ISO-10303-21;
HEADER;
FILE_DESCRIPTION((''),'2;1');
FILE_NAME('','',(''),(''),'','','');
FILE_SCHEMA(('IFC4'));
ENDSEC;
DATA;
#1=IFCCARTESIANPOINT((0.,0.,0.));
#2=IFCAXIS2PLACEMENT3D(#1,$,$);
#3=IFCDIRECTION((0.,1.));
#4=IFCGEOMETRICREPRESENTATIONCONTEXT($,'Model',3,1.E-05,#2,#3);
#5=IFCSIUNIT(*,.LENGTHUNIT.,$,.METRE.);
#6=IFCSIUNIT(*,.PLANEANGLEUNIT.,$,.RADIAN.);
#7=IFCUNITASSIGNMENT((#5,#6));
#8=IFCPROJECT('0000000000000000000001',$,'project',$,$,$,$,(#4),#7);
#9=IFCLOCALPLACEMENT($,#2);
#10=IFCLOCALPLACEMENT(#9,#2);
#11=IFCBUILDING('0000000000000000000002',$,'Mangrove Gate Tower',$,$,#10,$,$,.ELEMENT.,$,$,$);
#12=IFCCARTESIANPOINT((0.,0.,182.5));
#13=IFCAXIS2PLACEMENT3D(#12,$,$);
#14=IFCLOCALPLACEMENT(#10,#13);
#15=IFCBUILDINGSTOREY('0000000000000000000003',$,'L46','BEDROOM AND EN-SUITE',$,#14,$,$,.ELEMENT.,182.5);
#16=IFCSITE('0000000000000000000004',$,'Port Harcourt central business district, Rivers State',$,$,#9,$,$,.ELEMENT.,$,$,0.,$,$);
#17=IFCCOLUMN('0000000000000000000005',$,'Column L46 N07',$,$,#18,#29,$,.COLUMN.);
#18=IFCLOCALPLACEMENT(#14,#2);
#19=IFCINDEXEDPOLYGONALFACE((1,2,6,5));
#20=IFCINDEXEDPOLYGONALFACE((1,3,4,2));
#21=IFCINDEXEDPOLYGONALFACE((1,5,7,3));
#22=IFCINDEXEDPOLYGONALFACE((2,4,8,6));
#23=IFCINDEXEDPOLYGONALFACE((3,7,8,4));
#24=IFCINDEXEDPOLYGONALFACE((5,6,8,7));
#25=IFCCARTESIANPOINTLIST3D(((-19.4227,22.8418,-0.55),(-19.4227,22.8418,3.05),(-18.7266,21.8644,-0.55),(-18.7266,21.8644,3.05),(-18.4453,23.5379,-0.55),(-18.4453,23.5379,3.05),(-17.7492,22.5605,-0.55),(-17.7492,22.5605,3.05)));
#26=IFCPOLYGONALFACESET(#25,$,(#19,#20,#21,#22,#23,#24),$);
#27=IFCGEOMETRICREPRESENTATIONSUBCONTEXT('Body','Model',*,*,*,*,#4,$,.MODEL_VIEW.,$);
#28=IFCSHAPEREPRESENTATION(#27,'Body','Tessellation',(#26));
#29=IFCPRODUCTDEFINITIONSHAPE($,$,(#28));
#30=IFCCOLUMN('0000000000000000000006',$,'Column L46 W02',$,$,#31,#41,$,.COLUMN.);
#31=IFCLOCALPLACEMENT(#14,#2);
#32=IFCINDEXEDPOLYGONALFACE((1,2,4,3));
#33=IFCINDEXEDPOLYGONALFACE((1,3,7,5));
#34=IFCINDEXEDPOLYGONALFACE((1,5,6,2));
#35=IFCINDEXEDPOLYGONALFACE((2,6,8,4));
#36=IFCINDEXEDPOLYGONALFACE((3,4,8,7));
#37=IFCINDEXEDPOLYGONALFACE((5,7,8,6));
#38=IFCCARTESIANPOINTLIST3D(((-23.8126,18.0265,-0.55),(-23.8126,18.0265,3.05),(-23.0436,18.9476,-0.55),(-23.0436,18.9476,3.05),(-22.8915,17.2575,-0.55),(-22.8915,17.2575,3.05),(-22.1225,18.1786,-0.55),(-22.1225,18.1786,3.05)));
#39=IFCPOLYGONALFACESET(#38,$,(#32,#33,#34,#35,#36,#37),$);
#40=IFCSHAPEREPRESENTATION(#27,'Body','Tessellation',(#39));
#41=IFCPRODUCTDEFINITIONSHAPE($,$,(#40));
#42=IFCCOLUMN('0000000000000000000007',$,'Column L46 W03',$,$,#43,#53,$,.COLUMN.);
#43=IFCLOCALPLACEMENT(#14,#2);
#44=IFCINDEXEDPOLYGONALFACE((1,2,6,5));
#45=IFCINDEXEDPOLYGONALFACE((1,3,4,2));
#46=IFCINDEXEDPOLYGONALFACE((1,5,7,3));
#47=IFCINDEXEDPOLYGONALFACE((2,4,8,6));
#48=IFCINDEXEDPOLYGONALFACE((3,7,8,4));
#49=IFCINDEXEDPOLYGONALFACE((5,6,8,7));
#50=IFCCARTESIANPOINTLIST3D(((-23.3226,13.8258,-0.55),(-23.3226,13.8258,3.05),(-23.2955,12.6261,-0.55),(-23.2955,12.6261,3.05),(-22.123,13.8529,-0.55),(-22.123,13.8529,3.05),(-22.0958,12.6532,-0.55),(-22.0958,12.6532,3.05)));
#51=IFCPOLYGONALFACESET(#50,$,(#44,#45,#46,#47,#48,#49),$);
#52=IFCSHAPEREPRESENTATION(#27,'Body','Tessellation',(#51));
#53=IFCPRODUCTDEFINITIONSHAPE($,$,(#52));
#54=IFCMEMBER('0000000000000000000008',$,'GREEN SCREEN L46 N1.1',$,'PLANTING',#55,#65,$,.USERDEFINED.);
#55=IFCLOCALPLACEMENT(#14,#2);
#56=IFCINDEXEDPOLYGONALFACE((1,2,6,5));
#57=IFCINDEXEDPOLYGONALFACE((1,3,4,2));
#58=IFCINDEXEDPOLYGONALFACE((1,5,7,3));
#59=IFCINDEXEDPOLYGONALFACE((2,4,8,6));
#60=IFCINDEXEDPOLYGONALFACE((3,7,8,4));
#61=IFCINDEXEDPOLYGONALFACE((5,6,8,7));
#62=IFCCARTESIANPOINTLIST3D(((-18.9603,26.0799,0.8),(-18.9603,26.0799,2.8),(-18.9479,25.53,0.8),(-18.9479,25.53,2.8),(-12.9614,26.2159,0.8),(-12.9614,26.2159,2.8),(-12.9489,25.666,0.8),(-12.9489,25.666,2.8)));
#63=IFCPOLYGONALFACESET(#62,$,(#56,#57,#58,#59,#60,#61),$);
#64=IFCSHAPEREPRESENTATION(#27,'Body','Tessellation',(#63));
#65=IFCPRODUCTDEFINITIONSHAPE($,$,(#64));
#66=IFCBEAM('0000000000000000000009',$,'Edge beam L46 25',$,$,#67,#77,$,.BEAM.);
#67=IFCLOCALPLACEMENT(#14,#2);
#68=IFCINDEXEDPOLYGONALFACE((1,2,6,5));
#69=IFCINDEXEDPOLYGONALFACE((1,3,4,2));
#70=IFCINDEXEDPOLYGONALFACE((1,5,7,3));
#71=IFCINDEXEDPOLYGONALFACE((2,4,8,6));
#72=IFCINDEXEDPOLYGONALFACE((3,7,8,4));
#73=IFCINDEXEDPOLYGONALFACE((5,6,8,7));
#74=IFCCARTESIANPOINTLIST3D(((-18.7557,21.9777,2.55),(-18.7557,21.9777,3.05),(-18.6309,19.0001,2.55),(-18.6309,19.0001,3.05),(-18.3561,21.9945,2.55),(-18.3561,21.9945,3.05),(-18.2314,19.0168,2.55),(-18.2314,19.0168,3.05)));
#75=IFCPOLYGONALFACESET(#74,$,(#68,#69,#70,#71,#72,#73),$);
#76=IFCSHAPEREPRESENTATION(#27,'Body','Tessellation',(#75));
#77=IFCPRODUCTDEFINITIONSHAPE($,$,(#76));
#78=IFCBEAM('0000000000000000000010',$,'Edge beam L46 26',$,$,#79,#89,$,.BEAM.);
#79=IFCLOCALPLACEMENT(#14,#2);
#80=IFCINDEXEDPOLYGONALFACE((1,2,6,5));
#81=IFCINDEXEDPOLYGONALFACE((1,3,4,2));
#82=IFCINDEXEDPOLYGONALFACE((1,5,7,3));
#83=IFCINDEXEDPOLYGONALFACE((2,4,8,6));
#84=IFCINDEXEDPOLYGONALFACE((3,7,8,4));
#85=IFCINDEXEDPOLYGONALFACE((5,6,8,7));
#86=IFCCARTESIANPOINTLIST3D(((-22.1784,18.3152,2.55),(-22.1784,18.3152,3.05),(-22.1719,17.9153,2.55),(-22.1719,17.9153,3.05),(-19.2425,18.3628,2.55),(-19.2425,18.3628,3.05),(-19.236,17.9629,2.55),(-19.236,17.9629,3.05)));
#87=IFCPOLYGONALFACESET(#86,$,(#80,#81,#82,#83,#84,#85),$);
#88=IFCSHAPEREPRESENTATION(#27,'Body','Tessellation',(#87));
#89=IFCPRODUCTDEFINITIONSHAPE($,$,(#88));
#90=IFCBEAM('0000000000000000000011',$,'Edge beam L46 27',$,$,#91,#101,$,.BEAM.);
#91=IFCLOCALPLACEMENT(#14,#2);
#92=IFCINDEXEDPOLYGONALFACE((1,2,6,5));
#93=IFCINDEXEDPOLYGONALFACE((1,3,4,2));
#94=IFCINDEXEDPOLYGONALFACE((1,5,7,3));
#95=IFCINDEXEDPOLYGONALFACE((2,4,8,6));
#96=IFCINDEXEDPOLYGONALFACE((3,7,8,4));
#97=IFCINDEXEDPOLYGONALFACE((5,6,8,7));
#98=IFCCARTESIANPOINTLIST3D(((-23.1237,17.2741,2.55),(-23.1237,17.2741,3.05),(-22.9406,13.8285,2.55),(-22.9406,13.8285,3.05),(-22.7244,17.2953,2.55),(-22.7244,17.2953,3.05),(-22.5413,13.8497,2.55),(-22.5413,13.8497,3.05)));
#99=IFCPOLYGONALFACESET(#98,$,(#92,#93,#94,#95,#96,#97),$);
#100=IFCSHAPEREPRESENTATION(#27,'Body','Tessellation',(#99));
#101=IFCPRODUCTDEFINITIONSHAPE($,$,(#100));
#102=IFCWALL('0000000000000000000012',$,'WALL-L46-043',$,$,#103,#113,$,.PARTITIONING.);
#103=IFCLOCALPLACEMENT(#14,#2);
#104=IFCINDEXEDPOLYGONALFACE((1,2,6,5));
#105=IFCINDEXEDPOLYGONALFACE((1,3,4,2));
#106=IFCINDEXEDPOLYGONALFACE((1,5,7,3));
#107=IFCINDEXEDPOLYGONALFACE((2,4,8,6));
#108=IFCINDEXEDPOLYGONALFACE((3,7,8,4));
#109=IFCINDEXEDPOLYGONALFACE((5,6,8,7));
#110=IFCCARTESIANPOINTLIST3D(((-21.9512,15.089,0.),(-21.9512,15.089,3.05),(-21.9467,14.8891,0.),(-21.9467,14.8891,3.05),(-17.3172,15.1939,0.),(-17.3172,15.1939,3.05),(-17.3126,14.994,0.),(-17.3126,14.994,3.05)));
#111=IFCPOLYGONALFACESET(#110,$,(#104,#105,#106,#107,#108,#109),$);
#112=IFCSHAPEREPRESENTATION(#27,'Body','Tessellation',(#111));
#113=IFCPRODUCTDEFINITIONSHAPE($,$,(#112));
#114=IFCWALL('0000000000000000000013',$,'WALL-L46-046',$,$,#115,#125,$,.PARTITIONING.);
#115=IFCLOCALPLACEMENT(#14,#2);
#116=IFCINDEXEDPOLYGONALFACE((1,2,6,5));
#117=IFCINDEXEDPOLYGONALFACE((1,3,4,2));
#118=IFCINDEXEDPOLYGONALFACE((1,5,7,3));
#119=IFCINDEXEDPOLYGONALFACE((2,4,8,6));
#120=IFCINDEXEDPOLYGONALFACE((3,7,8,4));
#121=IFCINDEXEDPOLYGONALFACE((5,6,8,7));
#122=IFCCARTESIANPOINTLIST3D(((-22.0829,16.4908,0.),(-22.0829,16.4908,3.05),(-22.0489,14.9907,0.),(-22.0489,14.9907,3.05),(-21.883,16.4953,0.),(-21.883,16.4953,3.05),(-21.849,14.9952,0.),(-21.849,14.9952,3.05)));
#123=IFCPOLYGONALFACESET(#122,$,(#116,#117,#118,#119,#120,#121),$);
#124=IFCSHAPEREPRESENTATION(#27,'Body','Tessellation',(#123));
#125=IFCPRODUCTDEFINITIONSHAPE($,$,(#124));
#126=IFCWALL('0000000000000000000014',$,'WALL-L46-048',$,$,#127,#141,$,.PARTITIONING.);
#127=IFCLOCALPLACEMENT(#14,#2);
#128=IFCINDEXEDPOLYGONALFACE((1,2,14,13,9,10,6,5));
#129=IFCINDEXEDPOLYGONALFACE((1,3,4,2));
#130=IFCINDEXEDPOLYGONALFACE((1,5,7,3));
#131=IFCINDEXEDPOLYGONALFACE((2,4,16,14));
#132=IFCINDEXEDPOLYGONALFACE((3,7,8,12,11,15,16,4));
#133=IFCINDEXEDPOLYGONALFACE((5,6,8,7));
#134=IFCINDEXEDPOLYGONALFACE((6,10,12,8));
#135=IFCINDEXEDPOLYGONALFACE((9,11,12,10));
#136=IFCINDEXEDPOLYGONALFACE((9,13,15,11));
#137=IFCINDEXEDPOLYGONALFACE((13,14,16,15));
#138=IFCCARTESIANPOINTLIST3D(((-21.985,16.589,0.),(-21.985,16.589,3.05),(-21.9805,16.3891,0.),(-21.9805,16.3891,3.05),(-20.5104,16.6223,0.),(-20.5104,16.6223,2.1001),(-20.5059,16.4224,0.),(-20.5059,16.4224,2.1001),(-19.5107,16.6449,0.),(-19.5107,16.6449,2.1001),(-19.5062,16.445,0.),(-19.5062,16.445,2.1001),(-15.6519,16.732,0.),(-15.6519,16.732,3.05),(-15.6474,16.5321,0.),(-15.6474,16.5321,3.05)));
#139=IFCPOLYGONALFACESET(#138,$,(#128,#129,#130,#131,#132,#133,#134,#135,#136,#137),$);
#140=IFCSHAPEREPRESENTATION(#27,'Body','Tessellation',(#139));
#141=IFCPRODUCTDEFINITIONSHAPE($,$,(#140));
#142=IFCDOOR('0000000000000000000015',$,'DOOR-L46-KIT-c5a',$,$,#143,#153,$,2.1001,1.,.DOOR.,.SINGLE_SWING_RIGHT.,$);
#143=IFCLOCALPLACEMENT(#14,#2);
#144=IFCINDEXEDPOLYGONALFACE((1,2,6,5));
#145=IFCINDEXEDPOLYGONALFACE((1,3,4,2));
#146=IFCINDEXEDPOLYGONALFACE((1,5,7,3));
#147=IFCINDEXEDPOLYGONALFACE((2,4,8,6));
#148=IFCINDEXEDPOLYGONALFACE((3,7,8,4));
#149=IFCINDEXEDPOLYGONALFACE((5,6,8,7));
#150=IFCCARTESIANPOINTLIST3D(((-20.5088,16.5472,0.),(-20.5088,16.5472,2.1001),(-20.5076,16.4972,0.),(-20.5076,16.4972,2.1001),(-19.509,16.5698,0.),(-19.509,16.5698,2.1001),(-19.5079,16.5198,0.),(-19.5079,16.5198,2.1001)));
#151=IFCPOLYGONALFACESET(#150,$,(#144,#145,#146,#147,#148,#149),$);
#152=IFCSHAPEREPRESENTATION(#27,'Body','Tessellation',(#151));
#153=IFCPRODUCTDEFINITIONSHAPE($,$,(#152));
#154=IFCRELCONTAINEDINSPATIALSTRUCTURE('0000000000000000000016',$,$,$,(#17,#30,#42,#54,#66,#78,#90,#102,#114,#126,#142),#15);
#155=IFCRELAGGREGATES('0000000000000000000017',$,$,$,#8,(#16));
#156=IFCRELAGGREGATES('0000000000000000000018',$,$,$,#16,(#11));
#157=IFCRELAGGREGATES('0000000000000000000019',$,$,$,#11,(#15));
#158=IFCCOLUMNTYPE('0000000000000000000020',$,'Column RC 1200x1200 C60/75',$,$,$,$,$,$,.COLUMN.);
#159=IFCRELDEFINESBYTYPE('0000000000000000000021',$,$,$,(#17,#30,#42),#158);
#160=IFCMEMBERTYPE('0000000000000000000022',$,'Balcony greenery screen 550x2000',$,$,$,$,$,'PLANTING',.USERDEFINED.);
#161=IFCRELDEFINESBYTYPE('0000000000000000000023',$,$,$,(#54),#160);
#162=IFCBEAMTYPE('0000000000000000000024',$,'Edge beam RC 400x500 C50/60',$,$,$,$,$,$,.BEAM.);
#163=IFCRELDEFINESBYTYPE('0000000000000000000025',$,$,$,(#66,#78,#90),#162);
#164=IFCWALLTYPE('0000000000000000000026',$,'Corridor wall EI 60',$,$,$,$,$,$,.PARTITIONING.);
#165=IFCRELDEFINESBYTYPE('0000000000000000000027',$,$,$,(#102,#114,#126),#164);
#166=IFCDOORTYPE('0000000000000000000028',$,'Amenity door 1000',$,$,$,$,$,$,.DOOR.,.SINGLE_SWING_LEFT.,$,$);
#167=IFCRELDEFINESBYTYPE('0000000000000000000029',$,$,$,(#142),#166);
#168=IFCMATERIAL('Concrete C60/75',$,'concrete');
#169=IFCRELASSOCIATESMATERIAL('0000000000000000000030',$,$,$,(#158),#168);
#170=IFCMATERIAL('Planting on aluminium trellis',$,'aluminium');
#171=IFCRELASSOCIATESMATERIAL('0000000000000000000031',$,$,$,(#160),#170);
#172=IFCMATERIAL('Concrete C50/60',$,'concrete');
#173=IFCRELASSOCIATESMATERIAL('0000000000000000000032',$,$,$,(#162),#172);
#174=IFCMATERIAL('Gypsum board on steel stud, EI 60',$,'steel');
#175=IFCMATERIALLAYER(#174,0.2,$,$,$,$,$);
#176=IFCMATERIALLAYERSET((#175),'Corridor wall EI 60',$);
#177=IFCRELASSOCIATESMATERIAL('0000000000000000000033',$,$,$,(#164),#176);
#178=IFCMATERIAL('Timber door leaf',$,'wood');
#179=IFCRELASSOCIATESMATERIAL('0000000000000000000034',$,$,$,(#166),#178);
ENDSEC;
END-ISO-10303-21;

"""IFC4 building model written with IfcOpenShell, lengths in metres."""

from ifc_helpers import new_model, si_unit, direction, frame, frame_2d, origin, origin_2d, place, context, subcontext, project, spatial, rectangle, extrude, material, layer, layer_set, material_profile, profile_set, type_object, element, fill, save


model = new_model("IFC4")

# Units and contexts
model_context = context("Model", 3, precision=1e-05, world=origin(), true_north=direction((0.0, 1.0)))
body_context = subcontext(model_context, "Body", "Model", "MODEL_VIEW")
ifc_project = project(units=[si_unit("LENGTHUNIT", "METRE"), si_unit("PLANEANGLEUNIT", "RADIAN")], contexts=[model_context])

# Site, building, storey
site_placement = place(None, origin())
site = spatial("IfcSite", under=ifc_project, at=site_placement, Name="Port Harcourt central business district, Rivers State", CompositionType="ELEMENT", RefElevation=0.0)
building_placement = place(site_placement, origin())
building = spatial("IfcBuilding", under=site, at=building_placement, Name="Mangrove Gate Tower", CompositionType="ELEMENT")
storey_placement = place(building_placement, frame((0.0, 0.0, 182.5)))
storey = spatial("IfcBuildingStorey", under=building, at=storey_placement, Name="L46", Description="BEDROOM AND EN-SUITE", CompositionType="ELEMENT", Elevation=182.5)

# Columns
ifc_material_1 = material(Name="Concrete C60/75", Category="concrete")
ifc_material_profile_1 = material_profile(ifc_material_1, rectangle(XDim=1.2, YDim=1.2, at=origin_2d()))
ifc_profile_set_1 = profile_set([ifc_material_profile_1], Name="Concrete C60/75")
column_type = type_object("IfcColumnType", Name="Column RC 1200x1200 C60/75", PredefinedType="COLUMN", material=ifc_profile_set_1)
for number, where, z_axis, x_axis, name in (
    (1, (-18.5859, 22.7012, -0.55), (0.0, 0.0, 1.0), (-0.814549, -0.580095, 0.0), "Column L46 N07"),
    (2, (-22.9675, 18.1025, -0.55), (0.0, 0.0, 1.0), (-0.640874, -0.767646, 0.0), "Column L46 W02"),
    (3, (-22.7092, 13.2395, -0.55), (0.0, 0.0, 1.0), (0.022613, -0.999744, 0.0), "Column L46 W03"),
):
    element("IfcColumn", number, at=place(storey_placement, frame(where, z_axis=z_axis, x_axis=x_axis)), inside=storey, type_object=column_type, Name=name, PredefinedType="COLUMN", context=body_context, shape_type="SweptSolid", body=[
        extrude(rectangle(XDim=1.2, YDim=1.2, at=origin_2d()), origin(), (0.0, 0.0, 1.0), 3.6001),
    ])

# Member
ifc_material_2 = material(Name="Planting on aluminium trellis", Category="aluminium")
ifc_material_profile_2 = material_profile(ifc_material_2, rectangle(XDim=0.55, YDim=2.0, at=origin_2d()))
ifc_profile_set_2 = profile_set([ifc_material_profile_2], Name="Planting on aluminium trellis")
member_type = type_object("IfcMemberType", Name="Balcony greenery screen 550x2000", ElementType="PLANTING", PredefinedType="USERDEFINED", material=ifc_profile_set_2)
member_placement = place(storey_placement, frame((-18.9541, 25.8049, 1.8), z_axis=(0.999743, 0.022662, 0.0), x_axis=(-0.022662, 0.999743, 0.0)))
element("IfcMember", 4, at=member_placement, inside=storey, type_object=member_type, Name="GREEN SCREEN L46 N1.1", ObjectType="PLANTING", PredefinedType="USERDEFINED", context=body_context, shape_type="SweptSolid", body=[
    extrude(rectangle(XDim=0.55, YDim=2.0, at=origin_2d()), origin(), (0.0, 0.0, 1.0), 6.0005),
])

# Beams
ifc_material_3 = material(Name="Concrete C50/60", Category="concrete")
ifc_material_profile_3 = material_profile(ifc_material_3, rectangle(XDim=0.3999, YDim=0.5, at=origin_2d()))
ifc_profile_set_3 = profile_set([ifc_material_profile_3], Name="Concrete C50/60")
beam_type = type_object("IfcBeamType", Name="Edge beam RC 400x500 C50/60", PredefinedType="BEAM", material=ifc_profile_set_3)
beam_1_placement = place(storey_placement, frame((-18.5559, 21.9861, 2.8), z_axis=(0.041862, -0.999123, 0.0), x_axis=(0.999123, 0.041862, 0.0)))
element("IfcBeam", 5, at=beam_1_placement, inside=storey, type_object=beam_type, Name="Edge beam L46 25", PredefinedType="BEAM", context=body_context, shape_type="SweptSolid", body=[
    extrude(rectangle(XDim=0.3999, YDim=0.5, at=origin_2d()), origin(), (0.0, 0.0, 1.0), 2.9802),
])
beam_2_placement = place(storey_placement, frame((-19.2393, 18.1628, 2.8), z_axis=(-0.999869, -0.016214, 0.0), x_axis=(0.016214, -0.999869, 0.0)))
element("IfcBeam", 6, at=beam_2_placement, inside=storey, type_object=beam_type, Name="Edge beam L46 26", PredefinedType="BEAM", context=body_context, shape_type="SweptSolid", body=[
    extrude(rectangle(XDim=0.3999, YDim=0.5, at=origin_2d()), origin(), (0.0, 0.0, 1.0), 2.9363),
])
beam_3_placement = place(storey_placement, frame((-22.9241, 17.2847, 2.8), z_axis=(0.053068, -0.998591, 0.0), x_axis=(0.998591, 0.053068, 0.0)))
element("IfcBeam", 7, at=beam_3_placement, inside=storey, type_object=beam_type, Name="Edge beam L46 27", PredefinedType="BEAM", context=body_context, shape_type="SweptSolid", body=[
    extrude(rectangle(XDim=0.3999, YDim=0.5, at=origin_2d()), origin(), (0.0, 0.0, 1.0), 3.4504),
])

# Walls
ifc_material_4 = material(Name="Gypsum board on steel stud, EI 60", Category="steel")
ifc_layer_1 = layer(ifc_material_4, 0.2)
ifc_layer_set_1 = layer_set([ifc_layer_1], Name="Corridor wall EI 60")
wall_type_1 = type_object("IfcWallType", Name="Corridor wall EI 60", PredefinedType="PARTITIONING", material=ifc_layer_set_1)
wall_1_placement = place(storey_placement, frame((-21.949, 14.989, 0.0), z_axis=(0.0, 0.0, 1.0), x_axis=(0.999743, 0.022648, 0.0)))
element("IfcWall", 8, at=wall_1_placement, inside=storey, type_object=wall_type_1, Name="WALL-L46-043", PredefinedType="PARTITIONING", context=body_context, shape_type="SweptSolid", body=[
    extrude(rectangle(XDim=4.6353, YDim=0.2, at=frame_2d((2.3176, 0.0))), origin(), (0.0, 0.0, 1.0), 3.05),
])
wall_2_placement = place(storey_placement, frame((-21.949, 14.9929, 0.0), z_axis=(0.0, 0.0, 1.0), x_axis=(-0.022618, 0.999744, 0.0)))
element("IfcWall", 9, at=wall_2_placement, inside=storey, type_object=wall_type_1, Name="WALL-L46-046", PredefinedType="PARTITIONING", context=body_context, shape_type="SweptSolid", body=[
    extrude(rectangle(XDim=1.5005, YDim=0.2, at=frame_2d((0.7502, 0.0))), origin(), (0.0, 0.0, 1.0), 3.05),
])

# Wall, opening, door
wall_3_placement = place(storey_placement, frame((-21.9829, 16.489, 0.0), z_axis=(0.0, 0.0, 1.0), x_axis=(0.999745, 0.022585, 0.0)))
wall_3 = element("IfcWall", 10, at=wall_3_placement, inside=storey, type_object=wall_type_1, Name="WALL-L46-048", PredefinedType="PARTITIONING", context=body_context, shape_type="SweptSolid", body=[
    extrude(rectangle(XDim=6.3347, YDim=0.2, at=frame_2d((3.1675, 0.0))), origin(), (0.0, 0.0, 1.0), 3.05),
])
opening_1_placement = place(wall_3_placement, frame((1.4751, 0.0, 0.0)))
opening_1 = element("IfcOpeningElement", 11, at=opening_1_placement, cuts=wall_3, PredefinedType="OPENING", context=body_context, shape_type="SweptSolid", body=[
    extrude(rectangle(XDim=1.0, YDim=2.1001, at=frame_2d((0.5, 1.05))), frame((0.0, 0.1099, 0.0), z_axis=(0.0, -1.0, 0.0), x_axis=(1.0, 0.0, 0.0)), (0.0, 0.0, 1.0), 0.22),
])
ifc_material_5 = material(Name="Timber door leaf", Category="wood")
door_type_1 = type_object("IfcDoorType", Name="Amenity door 1000", OperationType="SINGLE_SWING_LEFT", PredefinedType="DOOR", material=ifc_material_5)
door_1_placement = place(opening_1_placement, origin())
door_1 = element("IfcDoor", 12, at=door_1_placement, inside=storey, type_object=door_type_1, Name="DOOR-L46-KIT-c5a", OperationType="SINGLE_SWING_RIGHT", OverallHeight=2.1001, OverallWidth=1.0, PredefinedType="DOOR", context=body_context, shape_type="SweptSolid", body=[
    extrude(rectangle(XDim=1.0, YDim=2.1001, at=frame_2d((0.5, 1.05))), frame((0.0, 0.0249, 0.0), z_axis=(0.0, -1.0, 0.0), x_axis=(1.0, 0.0, 0.0)), (0.0, 0.0, 1.0), 0.05),
])
fill(opening_1, door_1)

save(model, "model.ifc")
